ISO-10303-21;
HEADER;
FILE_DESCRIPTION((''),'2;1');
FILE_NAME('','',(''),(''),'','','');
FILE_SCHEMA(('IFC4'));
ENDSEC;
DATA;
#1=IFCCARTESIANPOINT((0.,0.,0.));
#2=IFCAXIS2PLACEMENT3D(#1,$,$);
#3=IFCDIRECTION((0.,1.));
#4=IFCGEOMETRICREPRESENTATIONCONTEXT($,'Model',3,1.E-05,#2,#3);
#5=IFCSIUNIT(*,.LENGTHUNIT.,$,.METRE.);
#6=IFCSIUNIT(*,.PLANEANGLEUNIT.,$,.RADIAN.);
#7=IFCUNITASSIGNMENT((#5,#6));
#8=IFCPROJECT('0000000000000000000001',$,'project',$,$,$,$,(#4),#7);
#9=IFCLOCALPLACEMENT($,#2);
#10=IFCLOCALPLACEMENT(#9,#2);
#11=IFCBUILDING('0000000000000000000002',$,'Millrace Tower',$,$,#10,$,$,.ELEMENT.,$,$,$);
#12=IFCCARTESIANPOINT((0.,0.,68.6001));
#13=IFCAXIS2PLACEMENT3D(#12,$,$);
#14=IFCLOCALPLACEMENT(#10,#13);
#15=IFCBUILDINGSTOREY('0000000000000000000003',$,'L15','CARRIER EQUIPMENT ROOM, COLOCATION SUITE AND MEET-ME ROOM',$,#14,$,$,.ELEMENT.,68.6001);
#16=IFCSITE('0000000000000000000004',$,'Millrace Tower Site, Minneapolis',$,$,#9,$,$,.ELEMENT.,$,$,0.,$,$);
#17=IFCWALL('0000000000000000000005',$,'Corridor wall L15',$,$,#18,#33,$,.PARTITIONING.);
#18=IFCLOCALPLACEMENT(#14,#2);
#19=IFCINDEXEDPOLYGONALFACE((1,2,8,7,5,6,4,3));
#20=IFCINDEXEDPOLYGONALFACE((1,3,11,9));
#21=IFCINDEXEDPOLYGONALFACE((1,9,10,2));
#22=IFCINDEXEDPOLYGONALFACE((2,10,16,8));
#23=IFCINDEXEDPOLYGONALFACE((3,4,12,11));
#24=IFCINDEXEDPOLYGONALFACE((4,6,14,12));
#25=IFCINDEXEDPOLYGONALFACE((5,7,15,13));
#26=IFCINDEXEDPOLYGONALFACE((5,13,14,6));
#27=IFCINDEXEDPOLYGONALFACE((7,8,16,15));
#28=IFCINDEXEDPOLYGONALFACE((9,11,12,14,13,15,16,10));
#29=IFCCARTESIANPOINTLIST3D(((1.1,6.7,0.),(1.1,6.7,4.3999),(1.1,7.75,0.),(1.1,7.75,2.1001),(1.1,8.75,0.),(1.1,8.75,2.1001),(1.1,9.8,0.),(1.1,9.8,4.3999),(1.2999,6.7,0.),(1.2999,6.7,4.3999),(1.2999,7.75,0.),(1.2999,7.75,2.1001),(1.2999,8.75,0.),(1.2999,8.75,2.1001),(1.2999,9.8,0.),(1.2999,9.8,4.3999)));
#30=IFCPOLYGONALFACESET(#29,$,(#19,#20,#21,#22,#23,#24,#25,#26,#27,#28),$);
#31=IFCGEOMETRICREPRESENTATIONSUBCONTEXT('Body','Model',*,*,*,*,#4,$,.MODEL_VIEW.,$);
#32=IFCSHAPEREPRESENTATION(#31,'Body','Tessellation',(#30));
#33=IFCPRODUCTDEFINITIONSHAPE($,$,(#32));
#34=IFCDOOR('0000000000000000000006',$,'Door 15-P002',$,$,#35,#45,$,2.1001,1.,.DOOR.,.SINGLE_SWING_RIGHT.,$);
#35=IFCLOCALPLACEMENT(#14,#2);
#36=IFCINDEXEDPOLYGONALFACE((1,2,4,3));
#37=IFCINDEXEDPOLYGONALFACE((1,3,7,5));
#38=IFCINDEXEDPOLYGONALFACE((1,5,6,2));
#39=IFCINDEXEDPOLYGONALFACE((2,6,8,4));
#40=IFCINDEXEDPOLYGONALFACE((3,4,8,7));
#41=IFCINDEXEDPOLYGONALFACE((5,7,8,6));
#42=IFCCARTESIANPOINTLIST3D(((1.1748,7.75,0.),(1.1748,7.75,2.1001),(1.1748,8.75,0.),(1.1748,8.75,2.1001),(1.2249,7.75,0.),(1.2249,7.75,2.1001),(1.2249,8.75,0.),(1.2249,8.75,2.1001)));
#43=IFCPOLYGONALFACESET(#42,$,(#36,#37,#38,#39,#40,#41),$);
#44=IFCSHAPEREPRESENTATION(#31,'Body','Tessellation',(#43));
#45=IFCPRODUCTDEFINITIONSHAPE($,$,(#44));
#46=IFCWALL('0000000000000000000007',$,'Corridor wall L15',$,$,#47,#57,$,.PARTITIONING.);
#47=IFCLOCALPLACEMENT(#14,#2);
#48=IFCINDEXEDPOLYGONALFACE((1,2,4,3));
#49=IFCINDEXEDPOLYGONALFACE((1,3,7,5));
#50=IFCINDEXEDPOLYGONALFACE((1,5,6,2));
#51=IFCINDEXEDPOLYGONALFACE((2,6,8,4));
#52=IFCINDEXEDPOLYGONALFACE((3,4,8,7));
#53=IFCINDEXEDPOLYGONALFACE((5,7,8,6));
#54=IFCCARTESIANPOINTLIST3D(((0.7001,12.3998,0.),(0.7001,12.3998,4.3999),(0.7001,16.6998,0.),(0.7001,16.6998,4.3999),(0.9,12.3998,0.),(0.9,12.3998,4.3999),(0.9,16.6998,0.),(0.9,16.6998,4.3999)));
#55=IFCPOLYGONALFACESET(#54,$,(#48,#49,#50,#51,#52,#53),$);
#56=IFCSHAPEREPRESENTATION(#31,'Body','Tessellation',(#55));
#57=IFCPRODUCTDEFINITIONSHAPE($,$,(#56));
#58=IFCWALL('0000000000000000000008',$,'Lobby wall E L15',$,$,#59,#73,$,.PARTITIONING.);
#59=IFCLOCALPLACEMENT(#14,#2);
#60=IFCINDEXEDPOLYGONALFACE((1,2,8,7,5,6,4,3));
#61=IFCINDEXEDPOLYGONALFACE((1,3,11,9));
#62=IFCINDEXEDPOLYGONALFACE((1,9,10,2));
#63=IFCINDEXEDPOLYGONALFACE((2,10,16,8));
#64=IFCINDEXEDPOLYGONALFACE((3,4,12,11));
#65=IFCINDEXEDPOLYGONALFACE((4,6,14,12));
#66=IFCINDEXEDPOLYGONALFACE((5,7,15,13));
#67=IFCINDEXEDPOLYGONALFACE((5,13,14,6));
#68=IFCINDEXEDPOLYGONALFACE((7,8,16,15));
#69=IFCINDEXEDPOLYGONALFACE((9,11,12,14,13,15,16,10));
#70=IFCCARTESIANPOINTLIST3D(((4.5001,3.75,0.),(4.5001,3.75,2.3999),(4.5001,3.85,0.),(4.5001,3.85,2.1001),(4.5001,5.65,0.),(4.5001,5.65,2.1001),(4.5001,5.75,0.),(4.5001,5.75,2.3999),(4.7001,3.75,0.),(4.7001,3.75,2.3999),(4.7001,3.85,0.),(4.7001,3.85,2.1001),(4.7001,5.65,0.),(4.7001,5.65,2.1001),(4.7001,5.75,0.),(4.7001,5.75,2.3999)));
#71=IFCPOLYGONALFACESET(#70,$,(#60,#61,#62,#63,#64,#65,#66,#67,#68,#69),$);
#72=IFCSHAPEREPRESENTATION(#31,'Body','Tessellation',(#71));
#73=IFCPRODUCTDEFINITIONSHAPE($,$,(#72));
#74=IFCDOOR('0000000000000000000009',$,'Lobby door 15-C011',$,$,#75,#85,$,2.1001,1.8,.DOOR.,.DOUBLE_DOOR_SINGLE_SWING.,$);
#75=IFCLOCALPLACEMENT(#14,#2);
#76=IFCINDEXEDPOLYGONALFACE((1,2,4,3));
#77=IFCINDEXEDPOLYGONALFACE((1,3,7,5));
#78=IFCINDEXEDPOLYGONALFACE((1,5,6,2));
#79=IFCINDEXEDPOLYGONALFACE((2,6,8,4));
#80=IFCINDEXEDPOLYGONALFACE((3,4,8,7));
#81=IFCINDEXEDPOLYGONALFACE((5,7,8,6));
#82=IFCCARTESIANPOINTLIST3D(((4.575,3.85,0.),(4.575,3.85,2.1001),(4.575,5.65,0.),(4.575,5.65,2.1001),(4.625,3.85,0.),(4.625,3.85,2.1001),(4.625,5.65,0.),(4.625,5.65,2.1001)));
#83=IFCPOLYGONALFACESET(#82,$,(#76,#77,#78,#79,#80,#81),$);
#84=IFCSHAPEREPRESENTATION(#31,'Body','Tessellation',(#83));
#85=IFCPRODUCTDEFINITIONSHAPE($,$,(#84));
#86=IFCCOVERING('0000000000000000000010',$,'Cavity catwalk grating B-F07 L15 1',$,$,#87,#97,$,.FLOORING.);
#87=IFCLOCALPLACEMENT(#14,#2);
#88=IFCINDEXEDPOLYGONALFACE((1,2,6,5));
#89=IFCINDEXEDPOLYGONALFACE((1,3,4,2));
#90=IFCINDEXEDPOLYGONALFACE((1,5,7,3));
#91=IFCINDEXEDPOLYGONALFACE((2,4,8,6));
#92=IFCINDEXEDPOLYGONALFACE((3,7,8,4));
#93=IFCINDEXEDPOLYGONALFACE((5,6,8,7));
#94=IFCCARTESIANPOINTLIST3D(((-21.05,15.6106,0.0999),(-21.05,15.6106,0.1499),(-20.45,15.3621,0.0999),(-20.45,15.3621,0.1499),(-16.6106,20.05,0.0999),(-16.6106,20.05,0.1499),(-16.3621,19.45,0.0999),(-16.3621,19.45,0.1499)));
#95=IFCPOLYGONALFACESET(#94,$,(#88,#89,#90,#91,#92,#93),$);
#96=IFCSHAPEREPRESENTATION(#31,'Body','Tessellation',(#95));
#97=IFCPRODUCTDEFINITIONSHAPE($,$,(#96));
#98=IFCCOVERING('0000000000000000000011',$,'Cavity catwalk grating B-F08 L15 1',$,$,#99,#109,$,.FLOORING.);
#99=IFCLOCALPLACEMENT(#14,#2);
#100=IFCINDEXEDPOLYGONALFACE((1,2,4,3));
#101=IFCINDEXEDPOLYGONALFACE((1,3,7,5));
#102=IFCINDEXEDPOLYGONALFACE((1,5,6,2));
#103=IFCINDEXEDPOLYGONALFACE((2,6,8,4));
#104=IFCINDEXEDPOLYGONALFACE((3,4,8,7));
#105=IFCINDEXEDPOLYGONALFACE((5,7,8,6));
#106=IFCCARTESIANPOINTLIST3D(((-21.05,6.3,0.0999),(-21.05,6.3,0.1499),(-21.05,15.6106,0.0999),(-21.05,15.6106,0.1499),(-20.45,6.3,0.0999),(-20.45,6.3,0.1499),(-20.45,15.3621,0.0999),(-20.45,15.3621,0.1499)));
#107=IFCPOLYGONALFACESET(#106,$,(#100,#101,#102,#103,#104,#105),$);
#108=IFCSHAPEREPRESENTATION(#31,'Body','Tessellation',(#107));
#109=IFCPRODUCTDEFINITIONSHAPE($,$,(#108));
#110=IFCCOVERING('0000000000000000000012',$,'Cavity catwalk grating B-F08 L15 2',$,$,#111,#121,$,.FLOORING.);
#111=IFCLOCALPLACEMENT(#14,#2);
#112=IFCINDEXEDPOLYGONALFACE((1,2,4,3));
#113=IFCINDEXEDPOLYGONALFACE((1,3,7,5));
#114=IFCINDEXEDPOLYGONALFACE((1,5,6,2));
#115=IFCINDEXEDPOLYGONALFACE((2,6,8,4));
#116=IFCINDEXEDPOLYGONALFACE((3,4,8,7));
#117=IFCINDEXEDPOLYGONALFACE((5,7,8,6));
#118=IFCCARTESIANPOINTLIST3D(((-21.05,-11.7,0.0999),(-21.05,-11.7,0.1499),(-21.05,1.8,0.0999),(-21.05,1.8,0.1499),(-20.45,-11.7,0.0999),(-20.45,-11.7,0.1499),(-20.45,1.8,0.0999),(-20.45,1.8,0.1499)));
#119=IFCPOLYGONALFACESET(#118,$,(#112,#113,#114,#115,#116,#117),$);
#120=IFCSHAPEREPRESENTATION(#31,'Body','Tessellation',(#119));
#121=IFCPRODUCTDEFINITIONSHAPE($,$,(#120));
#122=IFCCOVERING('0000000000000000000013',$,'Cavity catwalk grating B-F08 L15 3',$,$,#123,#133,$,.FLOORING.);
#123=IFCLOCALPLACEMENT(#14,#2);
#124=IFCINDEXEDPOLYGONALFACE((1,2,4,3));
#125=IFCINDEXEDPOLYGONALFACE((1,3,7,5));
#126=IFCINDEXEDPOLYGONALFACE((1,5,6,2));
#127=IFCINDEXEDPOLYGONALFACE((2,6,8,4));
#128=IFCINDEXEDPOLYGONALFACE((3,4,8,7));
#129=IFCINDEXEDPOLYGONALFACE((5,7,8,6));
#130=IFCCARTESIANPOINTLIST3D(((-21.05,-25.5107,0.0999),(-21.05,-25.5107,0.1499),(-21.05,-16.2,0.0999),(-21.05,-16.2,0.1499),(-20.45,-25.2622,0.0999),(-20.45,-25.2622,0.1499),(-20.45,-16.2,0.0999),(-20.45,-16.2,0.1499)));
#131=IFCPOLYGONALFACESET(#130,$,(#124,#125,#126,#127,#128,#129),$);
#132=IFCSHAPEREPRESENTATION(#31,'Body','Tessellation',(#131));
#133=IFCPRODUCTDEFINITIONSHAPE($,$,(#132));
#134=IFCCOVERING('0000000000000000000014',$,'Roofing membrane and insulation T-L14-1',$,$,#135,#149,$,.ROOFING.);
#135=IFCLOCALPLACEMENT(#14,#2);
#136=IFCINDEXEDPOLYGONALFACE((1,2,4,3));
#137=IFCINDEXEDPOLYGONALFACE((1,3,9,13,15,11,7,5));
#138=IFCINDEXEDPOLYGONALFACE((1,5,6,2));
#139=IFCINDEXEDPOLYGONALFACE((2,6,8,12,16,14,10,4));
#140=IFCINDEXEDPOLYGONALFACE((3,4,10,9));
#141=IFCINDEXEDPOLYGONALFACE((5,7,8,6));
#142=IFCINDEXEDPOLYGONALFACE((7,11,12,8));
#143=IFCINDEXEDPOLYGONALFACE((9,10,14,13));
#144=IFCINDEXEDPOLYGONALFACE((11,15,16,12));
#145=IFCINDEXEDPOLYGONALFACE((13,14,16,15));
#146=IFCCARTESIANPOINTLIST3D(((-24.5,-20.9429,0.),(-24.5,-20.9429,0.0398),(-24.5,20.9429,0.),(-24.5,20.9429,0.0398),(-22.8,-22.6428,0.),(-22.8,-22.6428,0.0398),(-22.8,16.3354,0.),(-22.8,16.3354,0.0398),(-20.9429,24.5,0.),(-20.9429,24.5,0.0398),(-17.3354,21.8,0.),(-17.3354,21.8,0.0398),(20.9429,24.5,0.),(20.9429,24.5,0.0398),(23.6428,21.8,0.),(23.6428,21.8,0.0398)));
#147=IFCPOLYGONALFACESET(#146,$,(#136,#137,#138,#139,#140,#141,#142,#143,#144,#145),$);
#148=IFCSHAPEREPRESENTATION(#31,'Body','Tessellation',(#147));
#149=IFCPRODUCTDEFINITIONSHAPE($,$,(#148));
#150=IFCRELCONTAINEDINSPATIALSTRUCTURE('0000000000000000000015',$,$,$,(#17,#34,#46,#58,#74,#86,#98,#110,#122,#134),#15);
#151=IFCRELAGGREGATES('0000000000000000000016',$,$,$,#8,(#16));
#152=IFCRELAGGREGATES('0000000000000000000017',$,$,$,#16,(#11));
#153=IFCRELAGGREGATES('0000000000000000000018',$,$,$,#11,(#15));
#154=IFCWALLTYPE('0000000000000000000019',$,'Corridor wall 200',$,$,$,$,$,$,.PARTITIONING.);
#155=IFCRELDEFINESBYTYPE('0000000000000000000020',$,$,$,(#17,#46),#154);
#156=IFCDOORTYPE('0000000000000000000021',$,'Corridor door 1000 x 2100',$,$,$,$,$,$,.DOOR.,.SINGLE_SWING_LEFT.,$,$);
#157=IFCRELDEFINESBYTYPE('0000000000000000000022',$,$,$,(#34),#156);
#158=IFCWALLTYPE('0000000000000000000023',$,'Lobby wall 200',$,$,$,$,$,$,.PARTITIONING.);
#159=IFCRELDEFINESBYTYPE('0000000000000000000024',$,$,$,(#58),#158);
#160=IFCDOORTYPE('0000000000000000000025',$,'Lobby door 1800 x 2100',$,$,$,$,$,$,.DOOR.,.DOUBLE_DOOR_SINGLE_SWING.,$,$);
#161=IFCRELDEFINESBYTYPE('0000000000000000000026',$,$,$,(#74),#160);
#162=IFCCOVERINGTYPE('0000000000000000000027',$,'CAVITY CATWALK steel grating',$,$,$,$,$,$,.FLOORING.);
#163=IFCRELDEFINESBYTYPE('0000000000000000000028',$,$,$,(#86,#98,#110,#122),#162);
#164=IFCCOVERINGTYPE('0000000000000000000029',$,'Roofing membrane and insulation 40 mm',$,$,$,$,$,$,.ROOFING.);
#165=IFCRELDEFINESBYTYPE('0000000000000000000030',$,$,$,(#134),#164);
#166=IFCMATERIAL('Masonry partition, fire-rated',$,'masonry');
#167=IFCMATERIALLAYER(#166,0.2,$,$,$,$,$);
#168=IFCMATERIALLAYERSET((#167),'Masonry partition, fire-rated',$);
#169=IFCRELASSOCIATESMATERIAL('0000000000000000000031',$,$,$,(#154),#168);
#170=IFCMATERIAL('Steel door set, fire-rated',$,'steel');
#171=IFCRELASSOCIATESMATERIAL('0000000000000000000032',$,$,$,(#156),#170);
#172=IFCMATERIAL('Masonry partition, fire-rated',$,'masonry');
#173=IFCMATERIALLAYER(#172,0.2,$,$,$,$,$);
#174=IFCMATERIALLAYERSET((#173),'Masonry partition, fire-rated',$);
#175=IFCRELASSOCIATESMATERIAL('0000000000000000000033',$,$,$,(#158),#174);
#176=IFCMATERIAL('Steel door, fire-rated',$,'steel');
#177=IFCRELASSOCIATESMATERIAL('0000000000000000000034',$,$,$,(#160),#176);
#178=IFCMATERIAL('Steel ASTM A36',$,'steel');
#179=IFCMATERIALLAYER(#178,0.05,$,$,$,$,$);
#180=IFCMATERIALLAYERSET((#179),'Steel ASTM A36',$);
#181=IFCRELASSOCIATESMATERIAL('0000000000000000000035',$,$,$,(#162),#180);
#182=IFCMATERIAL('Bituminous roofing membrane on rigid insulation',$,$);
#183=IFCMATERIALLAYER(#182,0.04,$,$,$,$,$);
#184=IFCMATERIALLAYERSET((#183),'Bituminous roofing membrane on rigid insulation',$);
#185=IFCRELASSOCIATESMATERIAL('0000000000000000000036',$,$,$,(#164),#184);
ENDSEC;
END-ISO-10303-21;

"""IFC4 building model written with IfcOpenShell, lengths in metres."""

from ifc_helpers import new_model, si_unit, direction, frame, frame_2d, origin, place, context, subcontext, project, spatial, polyline, rectangle, outline, extrude, material, layer, layer_set, type_object, element, fill, save


model = new_model("IFC4")

# Units and contexts
model_context = context("Model", 3, precision=1e-05, world=origin(), true_north=direction((0.0, 1.0)))
body_context = subcontext(model_context, "Body", "Model", "MODEL_VIEW")
ifc_project = project(units=[si_unit("LENGTHUNIT", "METRE"), si_unit("PLANEANGLEUNIT", "RADIAN")], contexts=[model_context])

# Site, building, storey
site_placement = place(None, origin())
site = spatial("IfcSite", under=ifc_project, at=site_placement, Name="Millrace Tower Site, Minneapolis", CompositionType="ELEMENT", RefElevation=0.0)
building_placement = place(site_placement, origin())
building = spatial("IfcBuilding", under=site, at=building_placement, Name="Millrace Tower", CompositionType="ELEMENT")
storey_placement = place(building_placement, frame((0.0, 0.0, 68.6001)))
storey = spatial("IfcBuildingStorey", under=building, at=storey_placement, Name="L15", Description="CARRIER EQUIPMENT ROOM, COLOCATION SUITE AND MEET-ME ROOM", CompositionType="ELEMENT", Elevation=68.6001)

# Shared definitions
placement_1 = place(storey_placement, origin())

# Shared definitions
ifc_material_1 = material(Name="Masonry partition, fire-rated", Category="masonry")
ifc_layer_1 = layer(ifc_material_1, 0.2)
ifc_layer_set_1 = layer_set([ifc_layer_1], Name="Masonry partition, fire-rated")
wall_type_1 = type_object("IfcWallType", Name="Corridor wall 200", PredefinedType="PARTITIONING", material=ifc_layer_set_1)

# Wall, opening, door
wall_1_placement = place(storey_placement, frame((1.2, 6.7, 0.0), z_axis=(0.0, 0.0, 1.0), x_axis=(0.0, 1.0, 0.0)))
wall_1 = element("IfcWall", 1, at=wall_1_placement, inside=storey, type_object=wall_type_1, Name="Corridor wall L15", PredefinedType="PARTITIONING", context=body_context, shape_type="SweptSolid", body=[
    extrude(rectangle(XDim=3.1001, YDim=0.2, at=frame_2d((1.55, 0.0))), origin(), (0.0, 0.0, 1.0), 4.3999),
])
opening_1_placement = place(wall_1_placement, frame((1.05, 0.0, 0.0)))
opening_1 = element("IfcOpeningElement", 2, at=opening_1_placement, cuts=wall_1, PredefinedType="OPENING", context=body_context, shape_type="SweptSolid", body=[
    extrude(rectangle(XDim=1.0, YDim=2.1001, at=frame_2d((0.5, 1.05))), frame((0.0, 0.1099, 0.0), z_axis=(0.0, -1.0, 0.0), x_axis=(1.0, 0.0, 0.0)), (0.0, 0.0, 1.0), 0.22),
])
ifc_material_2 = material(Name="Steel door set, fire-rated", Category="steel")
door_type_1 = type_object("IfcDoorType", Name="Corridor door 1000 x 2100", OperationType="SINGLE_SWING_LEFT", PredefinedType="DOOR", material=ifc_material_2)
door_1_placement = place(opening_1_placement, frame((1.0, 0.0, 0.0), z_axis=(0.0, 0.0, 1.0), x_axis=(-1.0, 0.0, 0.0)))
door_1 = element("IfcDoor", 3, at=door_1_placement, inside=storey, type_object=door_type_1, Name="Door 15-P002", OperationType="SINGLE_SWING_RIGHT", OverallHeight=2.1001, OverallWidth=1.0, PredefinedType="DOOR", context=body_context, shape_type="SweptSolid", body=[
    extrude(rectangle(XDim=1.0, YDim=2.1001, at=frame_2d((0.5, 1.05))), frame((0.0, 0.0249, 0.0), z_axis=(0.0, -1.0, 0.0), x_axis=(1.0, 0.0, 0.0)), (0.0, 0.0, 1.0), 0.05),
])
fill(opening_1, door_1)

# Wall
wall_2_placement = place(storey_placement, frame((0.8, 12.3999, 0.0), z_axis=(0.0, 0.0, 1.0), x_axis=(0.0, 1.0, 0.0)))
element("IfcWall", 4, at=wall_2_placement, inside=storey, type_object=wall_type_1, Name="Corridor wall L15", PredefinedType="PARTITIONING", context=body_context, shape_type="SweptSolid", body=[
    extrude(rectangle(XDim=4.3, YDim=0.2, at=frame_2d((2.1499, 0.0))), origin(), (0.0, 0.0, 1.0), 4.3999),
])

# Wall, opening, door
ifc_material_3 = material(Name="Masonry partition, fire-rated", Category="masonry")
ifc_layer_2 = layer(ifc_material_3, 0.2)
ifc_layer_set_2 = layer_set([ifc_layer_2], Name="Masonry partition, fire-rated")
wall_type_2 = type_object("IfcWallType", Name="Lobby wall 200", PredefinedType="PARTITIONING", material=ifc_layer_set_2)
wall_3_placement = place(storey_placement, frame((4.6001, 5.75, 0.0), z_axis=(0.0, 0.0, 1.0), x_axis=(0.0, -1.0, 0.0)))
wall_3 = element("IfcWall", 5, at=wall_3_placement, inside=storey, type_object=wall_type_2, Name="Lobby wall E L15", PredefinedType="PARTITIONING", context=body_context, shape_type="SweptSolid", body=[
    extrude(rectangle(XDim=2.0, YDim=0.2, at=frame_2d((1.0, 0.0))), origin(), (0.0, 0.0, 1.0), 2.3999),
])
opening_2_placement = place(wall_3_placement, frame((0.1001, 0.0, 0.0)))
opening_2 = element("IfcOpeningElement", 6, at=opening_2_placement, cuts=wall_3, PredefinedType="OPENING", context=body_context, shape_type="SweptSolid", body=[
    extrude(rectangle(XDim=1.8, YDim=2.1001, at=frame_2d((0.8999, 1.05))), frame((0.0, 0.1099, 0.0), z_axis=(0.0, -1.0, 0.0), x_axis=(1.0, 0.0, 0.0)), (0.0, 0.0, 1.0), 0.22),
])
ifc_material_4 = material(Name="Steel door, fire-rated", Category="steel")
door_type_2 = type_object("IfcDoorType", Name="Lobby door 1800 x 2100", OperationType="DOUBLE_DOOR_SINGLE_SWING", PredefinedType="DOOR", material=ifc_material_4)
door_2_placement = place(opening_2_placement, origin())
door_2 = element("IfcDoor", 7, at=door_2_placement, inside=storey, type_object=door_type_2, Name="Lobby door 15-C011", OperationType="DOUBLE_DOOR_SINGLE_SWING", OverallHeight=2.1001, OverallWidth=1.8, PredefinedType="DOOR", context=body_context, shape_type="SweptSolid", body=[
    extrude(rectangle(XDim=1.8, YDim=2.1001, at=frame_2d((0.8999, 1.05))), frame((0.0, 0.0249, 0.0), z_axis=(0.0, -1.0, 0.0), x_axis=(1.0, 0.0, 0.0)), (0.0, 0.0, 1.0), 0.05),
])
fill(opening_2, door_2)

# Coverings
ifc_material_5 = material(Name="Steel ASTM A36", Category="steel")
ifc_layer_3 = layer(ifc_material_5, 0.05)
ifc_layer_set_3 = layer_set([ifc_layer_3], Name="Steel ASTM A36")
covering_type_1 = type_object("IfcCoveringType", Name="CAVITY CATWALK steel grating", PredefinedType="FLOORING", material=ifc_layer_set_3)
placement_2 = place(storey_placement, frame((0.0, 0.0, 0.0999)))
element("IfcCovering", 8, at=placement_2, inside=storey, type_object=covering_type_1, Name="Cavity catwalk grating B-F07 L15 1", PredefinedType="FLOORING", context=body_context, shape_type="SweptSolid", body=[
    extrude(outline(polyline([(-16.6106, 20.05), (-21.05, 15.6106), (-20.45, 15.3621), (-16.3621, 19.45), (-16.6106, 20.05)])), origin(), (0.0, 0.0, 1.0), 0.05),
])
element("IfcCovering", 9, at=placement_2, inside=storey, type_object=covering_type_1, Name="Cavity catwalk grating B-F08 L15 1", PredefinedType="FLOORING", context=body_context, shape_type="SweptSolid", body=[
    extrude(outline(polyline([(-21.05, 15.6106), (-21.05, 6.3), (-20.45, 6.3), (-20.45, 15.3621), (-21.05, 15.6106)])), origin(), (0.0, 0.0, 1.0), 0.05),
])
element("IfcCovering", 10, at=placement_2, inside=storey, type_object=covering_type_1, Name="Cavity catwalk grating B-F08 L15 2", PredefinedType="FLOORING", context=body_context, shape_type="SweptSolid", body=[
    extrude(outline(polyline([(-21.05, 1.8), (-21.05, -11.7), (-20.45, -11.7), (-20.45, 1.8), (-21.05, 1.8)])), origin(), (0.0, 0.0, 1.0), 0.05),
])
element("IfcCovering", 11, at=placement_2, inside=storey, type_object=covering_type_1, Name="Cavity catwalk grating B-F08 L15 3", PredefinedType="FLOORING", context=body_context, shape_type="SweptSolid", body=[
    extrude(outline(polyline([(-21.05, -16.2), (-21.05, -25.5107), (-20.45, -25.2622), (-20.45, -16.2), (-21.05, -16.2)])), origin(), (0.0, 0.0, 1.0), 0.05),
])
ifc_material_6 = material(Name="Bituminous roofing membrane on rigid insulation")
ifc_layer_4 = layer(ifc_material_6, 0.04)
ifc_layer_set_4 = layer_set([ifc_layer_4], Name="Bituminous roofing membrane on rigid insulation")
covering_type_2 = type_object("IfcCoveringType", Name="Roofing membrane and insulation 40 mm", PredefinedType="ROOFING", material=ifc_layer_set_4)
element("IfcCovering", 12, at=placement_1, inside=storey, type_object=covering_type_2, Name="Roofing membrane and insulation T-L14-1", PredefinedType="ROOFING", context=body_context, shape_type="SweptSolid", body=[
    extrude(outline(polyline([(-24.5, -20.9429), (-22.8, -22.6428), (-22.8, 16.3354), (-17.3354, 21.8), (23.6428, 21.8), (20.9429, 24.5), (-20.9429, 24.5), (-24.5, 20.9429), (-24.5, -20.9429)])), origin(), (0.0, 0.0, 1.0), 0.0398),
])

save(model, "model.ifc")
